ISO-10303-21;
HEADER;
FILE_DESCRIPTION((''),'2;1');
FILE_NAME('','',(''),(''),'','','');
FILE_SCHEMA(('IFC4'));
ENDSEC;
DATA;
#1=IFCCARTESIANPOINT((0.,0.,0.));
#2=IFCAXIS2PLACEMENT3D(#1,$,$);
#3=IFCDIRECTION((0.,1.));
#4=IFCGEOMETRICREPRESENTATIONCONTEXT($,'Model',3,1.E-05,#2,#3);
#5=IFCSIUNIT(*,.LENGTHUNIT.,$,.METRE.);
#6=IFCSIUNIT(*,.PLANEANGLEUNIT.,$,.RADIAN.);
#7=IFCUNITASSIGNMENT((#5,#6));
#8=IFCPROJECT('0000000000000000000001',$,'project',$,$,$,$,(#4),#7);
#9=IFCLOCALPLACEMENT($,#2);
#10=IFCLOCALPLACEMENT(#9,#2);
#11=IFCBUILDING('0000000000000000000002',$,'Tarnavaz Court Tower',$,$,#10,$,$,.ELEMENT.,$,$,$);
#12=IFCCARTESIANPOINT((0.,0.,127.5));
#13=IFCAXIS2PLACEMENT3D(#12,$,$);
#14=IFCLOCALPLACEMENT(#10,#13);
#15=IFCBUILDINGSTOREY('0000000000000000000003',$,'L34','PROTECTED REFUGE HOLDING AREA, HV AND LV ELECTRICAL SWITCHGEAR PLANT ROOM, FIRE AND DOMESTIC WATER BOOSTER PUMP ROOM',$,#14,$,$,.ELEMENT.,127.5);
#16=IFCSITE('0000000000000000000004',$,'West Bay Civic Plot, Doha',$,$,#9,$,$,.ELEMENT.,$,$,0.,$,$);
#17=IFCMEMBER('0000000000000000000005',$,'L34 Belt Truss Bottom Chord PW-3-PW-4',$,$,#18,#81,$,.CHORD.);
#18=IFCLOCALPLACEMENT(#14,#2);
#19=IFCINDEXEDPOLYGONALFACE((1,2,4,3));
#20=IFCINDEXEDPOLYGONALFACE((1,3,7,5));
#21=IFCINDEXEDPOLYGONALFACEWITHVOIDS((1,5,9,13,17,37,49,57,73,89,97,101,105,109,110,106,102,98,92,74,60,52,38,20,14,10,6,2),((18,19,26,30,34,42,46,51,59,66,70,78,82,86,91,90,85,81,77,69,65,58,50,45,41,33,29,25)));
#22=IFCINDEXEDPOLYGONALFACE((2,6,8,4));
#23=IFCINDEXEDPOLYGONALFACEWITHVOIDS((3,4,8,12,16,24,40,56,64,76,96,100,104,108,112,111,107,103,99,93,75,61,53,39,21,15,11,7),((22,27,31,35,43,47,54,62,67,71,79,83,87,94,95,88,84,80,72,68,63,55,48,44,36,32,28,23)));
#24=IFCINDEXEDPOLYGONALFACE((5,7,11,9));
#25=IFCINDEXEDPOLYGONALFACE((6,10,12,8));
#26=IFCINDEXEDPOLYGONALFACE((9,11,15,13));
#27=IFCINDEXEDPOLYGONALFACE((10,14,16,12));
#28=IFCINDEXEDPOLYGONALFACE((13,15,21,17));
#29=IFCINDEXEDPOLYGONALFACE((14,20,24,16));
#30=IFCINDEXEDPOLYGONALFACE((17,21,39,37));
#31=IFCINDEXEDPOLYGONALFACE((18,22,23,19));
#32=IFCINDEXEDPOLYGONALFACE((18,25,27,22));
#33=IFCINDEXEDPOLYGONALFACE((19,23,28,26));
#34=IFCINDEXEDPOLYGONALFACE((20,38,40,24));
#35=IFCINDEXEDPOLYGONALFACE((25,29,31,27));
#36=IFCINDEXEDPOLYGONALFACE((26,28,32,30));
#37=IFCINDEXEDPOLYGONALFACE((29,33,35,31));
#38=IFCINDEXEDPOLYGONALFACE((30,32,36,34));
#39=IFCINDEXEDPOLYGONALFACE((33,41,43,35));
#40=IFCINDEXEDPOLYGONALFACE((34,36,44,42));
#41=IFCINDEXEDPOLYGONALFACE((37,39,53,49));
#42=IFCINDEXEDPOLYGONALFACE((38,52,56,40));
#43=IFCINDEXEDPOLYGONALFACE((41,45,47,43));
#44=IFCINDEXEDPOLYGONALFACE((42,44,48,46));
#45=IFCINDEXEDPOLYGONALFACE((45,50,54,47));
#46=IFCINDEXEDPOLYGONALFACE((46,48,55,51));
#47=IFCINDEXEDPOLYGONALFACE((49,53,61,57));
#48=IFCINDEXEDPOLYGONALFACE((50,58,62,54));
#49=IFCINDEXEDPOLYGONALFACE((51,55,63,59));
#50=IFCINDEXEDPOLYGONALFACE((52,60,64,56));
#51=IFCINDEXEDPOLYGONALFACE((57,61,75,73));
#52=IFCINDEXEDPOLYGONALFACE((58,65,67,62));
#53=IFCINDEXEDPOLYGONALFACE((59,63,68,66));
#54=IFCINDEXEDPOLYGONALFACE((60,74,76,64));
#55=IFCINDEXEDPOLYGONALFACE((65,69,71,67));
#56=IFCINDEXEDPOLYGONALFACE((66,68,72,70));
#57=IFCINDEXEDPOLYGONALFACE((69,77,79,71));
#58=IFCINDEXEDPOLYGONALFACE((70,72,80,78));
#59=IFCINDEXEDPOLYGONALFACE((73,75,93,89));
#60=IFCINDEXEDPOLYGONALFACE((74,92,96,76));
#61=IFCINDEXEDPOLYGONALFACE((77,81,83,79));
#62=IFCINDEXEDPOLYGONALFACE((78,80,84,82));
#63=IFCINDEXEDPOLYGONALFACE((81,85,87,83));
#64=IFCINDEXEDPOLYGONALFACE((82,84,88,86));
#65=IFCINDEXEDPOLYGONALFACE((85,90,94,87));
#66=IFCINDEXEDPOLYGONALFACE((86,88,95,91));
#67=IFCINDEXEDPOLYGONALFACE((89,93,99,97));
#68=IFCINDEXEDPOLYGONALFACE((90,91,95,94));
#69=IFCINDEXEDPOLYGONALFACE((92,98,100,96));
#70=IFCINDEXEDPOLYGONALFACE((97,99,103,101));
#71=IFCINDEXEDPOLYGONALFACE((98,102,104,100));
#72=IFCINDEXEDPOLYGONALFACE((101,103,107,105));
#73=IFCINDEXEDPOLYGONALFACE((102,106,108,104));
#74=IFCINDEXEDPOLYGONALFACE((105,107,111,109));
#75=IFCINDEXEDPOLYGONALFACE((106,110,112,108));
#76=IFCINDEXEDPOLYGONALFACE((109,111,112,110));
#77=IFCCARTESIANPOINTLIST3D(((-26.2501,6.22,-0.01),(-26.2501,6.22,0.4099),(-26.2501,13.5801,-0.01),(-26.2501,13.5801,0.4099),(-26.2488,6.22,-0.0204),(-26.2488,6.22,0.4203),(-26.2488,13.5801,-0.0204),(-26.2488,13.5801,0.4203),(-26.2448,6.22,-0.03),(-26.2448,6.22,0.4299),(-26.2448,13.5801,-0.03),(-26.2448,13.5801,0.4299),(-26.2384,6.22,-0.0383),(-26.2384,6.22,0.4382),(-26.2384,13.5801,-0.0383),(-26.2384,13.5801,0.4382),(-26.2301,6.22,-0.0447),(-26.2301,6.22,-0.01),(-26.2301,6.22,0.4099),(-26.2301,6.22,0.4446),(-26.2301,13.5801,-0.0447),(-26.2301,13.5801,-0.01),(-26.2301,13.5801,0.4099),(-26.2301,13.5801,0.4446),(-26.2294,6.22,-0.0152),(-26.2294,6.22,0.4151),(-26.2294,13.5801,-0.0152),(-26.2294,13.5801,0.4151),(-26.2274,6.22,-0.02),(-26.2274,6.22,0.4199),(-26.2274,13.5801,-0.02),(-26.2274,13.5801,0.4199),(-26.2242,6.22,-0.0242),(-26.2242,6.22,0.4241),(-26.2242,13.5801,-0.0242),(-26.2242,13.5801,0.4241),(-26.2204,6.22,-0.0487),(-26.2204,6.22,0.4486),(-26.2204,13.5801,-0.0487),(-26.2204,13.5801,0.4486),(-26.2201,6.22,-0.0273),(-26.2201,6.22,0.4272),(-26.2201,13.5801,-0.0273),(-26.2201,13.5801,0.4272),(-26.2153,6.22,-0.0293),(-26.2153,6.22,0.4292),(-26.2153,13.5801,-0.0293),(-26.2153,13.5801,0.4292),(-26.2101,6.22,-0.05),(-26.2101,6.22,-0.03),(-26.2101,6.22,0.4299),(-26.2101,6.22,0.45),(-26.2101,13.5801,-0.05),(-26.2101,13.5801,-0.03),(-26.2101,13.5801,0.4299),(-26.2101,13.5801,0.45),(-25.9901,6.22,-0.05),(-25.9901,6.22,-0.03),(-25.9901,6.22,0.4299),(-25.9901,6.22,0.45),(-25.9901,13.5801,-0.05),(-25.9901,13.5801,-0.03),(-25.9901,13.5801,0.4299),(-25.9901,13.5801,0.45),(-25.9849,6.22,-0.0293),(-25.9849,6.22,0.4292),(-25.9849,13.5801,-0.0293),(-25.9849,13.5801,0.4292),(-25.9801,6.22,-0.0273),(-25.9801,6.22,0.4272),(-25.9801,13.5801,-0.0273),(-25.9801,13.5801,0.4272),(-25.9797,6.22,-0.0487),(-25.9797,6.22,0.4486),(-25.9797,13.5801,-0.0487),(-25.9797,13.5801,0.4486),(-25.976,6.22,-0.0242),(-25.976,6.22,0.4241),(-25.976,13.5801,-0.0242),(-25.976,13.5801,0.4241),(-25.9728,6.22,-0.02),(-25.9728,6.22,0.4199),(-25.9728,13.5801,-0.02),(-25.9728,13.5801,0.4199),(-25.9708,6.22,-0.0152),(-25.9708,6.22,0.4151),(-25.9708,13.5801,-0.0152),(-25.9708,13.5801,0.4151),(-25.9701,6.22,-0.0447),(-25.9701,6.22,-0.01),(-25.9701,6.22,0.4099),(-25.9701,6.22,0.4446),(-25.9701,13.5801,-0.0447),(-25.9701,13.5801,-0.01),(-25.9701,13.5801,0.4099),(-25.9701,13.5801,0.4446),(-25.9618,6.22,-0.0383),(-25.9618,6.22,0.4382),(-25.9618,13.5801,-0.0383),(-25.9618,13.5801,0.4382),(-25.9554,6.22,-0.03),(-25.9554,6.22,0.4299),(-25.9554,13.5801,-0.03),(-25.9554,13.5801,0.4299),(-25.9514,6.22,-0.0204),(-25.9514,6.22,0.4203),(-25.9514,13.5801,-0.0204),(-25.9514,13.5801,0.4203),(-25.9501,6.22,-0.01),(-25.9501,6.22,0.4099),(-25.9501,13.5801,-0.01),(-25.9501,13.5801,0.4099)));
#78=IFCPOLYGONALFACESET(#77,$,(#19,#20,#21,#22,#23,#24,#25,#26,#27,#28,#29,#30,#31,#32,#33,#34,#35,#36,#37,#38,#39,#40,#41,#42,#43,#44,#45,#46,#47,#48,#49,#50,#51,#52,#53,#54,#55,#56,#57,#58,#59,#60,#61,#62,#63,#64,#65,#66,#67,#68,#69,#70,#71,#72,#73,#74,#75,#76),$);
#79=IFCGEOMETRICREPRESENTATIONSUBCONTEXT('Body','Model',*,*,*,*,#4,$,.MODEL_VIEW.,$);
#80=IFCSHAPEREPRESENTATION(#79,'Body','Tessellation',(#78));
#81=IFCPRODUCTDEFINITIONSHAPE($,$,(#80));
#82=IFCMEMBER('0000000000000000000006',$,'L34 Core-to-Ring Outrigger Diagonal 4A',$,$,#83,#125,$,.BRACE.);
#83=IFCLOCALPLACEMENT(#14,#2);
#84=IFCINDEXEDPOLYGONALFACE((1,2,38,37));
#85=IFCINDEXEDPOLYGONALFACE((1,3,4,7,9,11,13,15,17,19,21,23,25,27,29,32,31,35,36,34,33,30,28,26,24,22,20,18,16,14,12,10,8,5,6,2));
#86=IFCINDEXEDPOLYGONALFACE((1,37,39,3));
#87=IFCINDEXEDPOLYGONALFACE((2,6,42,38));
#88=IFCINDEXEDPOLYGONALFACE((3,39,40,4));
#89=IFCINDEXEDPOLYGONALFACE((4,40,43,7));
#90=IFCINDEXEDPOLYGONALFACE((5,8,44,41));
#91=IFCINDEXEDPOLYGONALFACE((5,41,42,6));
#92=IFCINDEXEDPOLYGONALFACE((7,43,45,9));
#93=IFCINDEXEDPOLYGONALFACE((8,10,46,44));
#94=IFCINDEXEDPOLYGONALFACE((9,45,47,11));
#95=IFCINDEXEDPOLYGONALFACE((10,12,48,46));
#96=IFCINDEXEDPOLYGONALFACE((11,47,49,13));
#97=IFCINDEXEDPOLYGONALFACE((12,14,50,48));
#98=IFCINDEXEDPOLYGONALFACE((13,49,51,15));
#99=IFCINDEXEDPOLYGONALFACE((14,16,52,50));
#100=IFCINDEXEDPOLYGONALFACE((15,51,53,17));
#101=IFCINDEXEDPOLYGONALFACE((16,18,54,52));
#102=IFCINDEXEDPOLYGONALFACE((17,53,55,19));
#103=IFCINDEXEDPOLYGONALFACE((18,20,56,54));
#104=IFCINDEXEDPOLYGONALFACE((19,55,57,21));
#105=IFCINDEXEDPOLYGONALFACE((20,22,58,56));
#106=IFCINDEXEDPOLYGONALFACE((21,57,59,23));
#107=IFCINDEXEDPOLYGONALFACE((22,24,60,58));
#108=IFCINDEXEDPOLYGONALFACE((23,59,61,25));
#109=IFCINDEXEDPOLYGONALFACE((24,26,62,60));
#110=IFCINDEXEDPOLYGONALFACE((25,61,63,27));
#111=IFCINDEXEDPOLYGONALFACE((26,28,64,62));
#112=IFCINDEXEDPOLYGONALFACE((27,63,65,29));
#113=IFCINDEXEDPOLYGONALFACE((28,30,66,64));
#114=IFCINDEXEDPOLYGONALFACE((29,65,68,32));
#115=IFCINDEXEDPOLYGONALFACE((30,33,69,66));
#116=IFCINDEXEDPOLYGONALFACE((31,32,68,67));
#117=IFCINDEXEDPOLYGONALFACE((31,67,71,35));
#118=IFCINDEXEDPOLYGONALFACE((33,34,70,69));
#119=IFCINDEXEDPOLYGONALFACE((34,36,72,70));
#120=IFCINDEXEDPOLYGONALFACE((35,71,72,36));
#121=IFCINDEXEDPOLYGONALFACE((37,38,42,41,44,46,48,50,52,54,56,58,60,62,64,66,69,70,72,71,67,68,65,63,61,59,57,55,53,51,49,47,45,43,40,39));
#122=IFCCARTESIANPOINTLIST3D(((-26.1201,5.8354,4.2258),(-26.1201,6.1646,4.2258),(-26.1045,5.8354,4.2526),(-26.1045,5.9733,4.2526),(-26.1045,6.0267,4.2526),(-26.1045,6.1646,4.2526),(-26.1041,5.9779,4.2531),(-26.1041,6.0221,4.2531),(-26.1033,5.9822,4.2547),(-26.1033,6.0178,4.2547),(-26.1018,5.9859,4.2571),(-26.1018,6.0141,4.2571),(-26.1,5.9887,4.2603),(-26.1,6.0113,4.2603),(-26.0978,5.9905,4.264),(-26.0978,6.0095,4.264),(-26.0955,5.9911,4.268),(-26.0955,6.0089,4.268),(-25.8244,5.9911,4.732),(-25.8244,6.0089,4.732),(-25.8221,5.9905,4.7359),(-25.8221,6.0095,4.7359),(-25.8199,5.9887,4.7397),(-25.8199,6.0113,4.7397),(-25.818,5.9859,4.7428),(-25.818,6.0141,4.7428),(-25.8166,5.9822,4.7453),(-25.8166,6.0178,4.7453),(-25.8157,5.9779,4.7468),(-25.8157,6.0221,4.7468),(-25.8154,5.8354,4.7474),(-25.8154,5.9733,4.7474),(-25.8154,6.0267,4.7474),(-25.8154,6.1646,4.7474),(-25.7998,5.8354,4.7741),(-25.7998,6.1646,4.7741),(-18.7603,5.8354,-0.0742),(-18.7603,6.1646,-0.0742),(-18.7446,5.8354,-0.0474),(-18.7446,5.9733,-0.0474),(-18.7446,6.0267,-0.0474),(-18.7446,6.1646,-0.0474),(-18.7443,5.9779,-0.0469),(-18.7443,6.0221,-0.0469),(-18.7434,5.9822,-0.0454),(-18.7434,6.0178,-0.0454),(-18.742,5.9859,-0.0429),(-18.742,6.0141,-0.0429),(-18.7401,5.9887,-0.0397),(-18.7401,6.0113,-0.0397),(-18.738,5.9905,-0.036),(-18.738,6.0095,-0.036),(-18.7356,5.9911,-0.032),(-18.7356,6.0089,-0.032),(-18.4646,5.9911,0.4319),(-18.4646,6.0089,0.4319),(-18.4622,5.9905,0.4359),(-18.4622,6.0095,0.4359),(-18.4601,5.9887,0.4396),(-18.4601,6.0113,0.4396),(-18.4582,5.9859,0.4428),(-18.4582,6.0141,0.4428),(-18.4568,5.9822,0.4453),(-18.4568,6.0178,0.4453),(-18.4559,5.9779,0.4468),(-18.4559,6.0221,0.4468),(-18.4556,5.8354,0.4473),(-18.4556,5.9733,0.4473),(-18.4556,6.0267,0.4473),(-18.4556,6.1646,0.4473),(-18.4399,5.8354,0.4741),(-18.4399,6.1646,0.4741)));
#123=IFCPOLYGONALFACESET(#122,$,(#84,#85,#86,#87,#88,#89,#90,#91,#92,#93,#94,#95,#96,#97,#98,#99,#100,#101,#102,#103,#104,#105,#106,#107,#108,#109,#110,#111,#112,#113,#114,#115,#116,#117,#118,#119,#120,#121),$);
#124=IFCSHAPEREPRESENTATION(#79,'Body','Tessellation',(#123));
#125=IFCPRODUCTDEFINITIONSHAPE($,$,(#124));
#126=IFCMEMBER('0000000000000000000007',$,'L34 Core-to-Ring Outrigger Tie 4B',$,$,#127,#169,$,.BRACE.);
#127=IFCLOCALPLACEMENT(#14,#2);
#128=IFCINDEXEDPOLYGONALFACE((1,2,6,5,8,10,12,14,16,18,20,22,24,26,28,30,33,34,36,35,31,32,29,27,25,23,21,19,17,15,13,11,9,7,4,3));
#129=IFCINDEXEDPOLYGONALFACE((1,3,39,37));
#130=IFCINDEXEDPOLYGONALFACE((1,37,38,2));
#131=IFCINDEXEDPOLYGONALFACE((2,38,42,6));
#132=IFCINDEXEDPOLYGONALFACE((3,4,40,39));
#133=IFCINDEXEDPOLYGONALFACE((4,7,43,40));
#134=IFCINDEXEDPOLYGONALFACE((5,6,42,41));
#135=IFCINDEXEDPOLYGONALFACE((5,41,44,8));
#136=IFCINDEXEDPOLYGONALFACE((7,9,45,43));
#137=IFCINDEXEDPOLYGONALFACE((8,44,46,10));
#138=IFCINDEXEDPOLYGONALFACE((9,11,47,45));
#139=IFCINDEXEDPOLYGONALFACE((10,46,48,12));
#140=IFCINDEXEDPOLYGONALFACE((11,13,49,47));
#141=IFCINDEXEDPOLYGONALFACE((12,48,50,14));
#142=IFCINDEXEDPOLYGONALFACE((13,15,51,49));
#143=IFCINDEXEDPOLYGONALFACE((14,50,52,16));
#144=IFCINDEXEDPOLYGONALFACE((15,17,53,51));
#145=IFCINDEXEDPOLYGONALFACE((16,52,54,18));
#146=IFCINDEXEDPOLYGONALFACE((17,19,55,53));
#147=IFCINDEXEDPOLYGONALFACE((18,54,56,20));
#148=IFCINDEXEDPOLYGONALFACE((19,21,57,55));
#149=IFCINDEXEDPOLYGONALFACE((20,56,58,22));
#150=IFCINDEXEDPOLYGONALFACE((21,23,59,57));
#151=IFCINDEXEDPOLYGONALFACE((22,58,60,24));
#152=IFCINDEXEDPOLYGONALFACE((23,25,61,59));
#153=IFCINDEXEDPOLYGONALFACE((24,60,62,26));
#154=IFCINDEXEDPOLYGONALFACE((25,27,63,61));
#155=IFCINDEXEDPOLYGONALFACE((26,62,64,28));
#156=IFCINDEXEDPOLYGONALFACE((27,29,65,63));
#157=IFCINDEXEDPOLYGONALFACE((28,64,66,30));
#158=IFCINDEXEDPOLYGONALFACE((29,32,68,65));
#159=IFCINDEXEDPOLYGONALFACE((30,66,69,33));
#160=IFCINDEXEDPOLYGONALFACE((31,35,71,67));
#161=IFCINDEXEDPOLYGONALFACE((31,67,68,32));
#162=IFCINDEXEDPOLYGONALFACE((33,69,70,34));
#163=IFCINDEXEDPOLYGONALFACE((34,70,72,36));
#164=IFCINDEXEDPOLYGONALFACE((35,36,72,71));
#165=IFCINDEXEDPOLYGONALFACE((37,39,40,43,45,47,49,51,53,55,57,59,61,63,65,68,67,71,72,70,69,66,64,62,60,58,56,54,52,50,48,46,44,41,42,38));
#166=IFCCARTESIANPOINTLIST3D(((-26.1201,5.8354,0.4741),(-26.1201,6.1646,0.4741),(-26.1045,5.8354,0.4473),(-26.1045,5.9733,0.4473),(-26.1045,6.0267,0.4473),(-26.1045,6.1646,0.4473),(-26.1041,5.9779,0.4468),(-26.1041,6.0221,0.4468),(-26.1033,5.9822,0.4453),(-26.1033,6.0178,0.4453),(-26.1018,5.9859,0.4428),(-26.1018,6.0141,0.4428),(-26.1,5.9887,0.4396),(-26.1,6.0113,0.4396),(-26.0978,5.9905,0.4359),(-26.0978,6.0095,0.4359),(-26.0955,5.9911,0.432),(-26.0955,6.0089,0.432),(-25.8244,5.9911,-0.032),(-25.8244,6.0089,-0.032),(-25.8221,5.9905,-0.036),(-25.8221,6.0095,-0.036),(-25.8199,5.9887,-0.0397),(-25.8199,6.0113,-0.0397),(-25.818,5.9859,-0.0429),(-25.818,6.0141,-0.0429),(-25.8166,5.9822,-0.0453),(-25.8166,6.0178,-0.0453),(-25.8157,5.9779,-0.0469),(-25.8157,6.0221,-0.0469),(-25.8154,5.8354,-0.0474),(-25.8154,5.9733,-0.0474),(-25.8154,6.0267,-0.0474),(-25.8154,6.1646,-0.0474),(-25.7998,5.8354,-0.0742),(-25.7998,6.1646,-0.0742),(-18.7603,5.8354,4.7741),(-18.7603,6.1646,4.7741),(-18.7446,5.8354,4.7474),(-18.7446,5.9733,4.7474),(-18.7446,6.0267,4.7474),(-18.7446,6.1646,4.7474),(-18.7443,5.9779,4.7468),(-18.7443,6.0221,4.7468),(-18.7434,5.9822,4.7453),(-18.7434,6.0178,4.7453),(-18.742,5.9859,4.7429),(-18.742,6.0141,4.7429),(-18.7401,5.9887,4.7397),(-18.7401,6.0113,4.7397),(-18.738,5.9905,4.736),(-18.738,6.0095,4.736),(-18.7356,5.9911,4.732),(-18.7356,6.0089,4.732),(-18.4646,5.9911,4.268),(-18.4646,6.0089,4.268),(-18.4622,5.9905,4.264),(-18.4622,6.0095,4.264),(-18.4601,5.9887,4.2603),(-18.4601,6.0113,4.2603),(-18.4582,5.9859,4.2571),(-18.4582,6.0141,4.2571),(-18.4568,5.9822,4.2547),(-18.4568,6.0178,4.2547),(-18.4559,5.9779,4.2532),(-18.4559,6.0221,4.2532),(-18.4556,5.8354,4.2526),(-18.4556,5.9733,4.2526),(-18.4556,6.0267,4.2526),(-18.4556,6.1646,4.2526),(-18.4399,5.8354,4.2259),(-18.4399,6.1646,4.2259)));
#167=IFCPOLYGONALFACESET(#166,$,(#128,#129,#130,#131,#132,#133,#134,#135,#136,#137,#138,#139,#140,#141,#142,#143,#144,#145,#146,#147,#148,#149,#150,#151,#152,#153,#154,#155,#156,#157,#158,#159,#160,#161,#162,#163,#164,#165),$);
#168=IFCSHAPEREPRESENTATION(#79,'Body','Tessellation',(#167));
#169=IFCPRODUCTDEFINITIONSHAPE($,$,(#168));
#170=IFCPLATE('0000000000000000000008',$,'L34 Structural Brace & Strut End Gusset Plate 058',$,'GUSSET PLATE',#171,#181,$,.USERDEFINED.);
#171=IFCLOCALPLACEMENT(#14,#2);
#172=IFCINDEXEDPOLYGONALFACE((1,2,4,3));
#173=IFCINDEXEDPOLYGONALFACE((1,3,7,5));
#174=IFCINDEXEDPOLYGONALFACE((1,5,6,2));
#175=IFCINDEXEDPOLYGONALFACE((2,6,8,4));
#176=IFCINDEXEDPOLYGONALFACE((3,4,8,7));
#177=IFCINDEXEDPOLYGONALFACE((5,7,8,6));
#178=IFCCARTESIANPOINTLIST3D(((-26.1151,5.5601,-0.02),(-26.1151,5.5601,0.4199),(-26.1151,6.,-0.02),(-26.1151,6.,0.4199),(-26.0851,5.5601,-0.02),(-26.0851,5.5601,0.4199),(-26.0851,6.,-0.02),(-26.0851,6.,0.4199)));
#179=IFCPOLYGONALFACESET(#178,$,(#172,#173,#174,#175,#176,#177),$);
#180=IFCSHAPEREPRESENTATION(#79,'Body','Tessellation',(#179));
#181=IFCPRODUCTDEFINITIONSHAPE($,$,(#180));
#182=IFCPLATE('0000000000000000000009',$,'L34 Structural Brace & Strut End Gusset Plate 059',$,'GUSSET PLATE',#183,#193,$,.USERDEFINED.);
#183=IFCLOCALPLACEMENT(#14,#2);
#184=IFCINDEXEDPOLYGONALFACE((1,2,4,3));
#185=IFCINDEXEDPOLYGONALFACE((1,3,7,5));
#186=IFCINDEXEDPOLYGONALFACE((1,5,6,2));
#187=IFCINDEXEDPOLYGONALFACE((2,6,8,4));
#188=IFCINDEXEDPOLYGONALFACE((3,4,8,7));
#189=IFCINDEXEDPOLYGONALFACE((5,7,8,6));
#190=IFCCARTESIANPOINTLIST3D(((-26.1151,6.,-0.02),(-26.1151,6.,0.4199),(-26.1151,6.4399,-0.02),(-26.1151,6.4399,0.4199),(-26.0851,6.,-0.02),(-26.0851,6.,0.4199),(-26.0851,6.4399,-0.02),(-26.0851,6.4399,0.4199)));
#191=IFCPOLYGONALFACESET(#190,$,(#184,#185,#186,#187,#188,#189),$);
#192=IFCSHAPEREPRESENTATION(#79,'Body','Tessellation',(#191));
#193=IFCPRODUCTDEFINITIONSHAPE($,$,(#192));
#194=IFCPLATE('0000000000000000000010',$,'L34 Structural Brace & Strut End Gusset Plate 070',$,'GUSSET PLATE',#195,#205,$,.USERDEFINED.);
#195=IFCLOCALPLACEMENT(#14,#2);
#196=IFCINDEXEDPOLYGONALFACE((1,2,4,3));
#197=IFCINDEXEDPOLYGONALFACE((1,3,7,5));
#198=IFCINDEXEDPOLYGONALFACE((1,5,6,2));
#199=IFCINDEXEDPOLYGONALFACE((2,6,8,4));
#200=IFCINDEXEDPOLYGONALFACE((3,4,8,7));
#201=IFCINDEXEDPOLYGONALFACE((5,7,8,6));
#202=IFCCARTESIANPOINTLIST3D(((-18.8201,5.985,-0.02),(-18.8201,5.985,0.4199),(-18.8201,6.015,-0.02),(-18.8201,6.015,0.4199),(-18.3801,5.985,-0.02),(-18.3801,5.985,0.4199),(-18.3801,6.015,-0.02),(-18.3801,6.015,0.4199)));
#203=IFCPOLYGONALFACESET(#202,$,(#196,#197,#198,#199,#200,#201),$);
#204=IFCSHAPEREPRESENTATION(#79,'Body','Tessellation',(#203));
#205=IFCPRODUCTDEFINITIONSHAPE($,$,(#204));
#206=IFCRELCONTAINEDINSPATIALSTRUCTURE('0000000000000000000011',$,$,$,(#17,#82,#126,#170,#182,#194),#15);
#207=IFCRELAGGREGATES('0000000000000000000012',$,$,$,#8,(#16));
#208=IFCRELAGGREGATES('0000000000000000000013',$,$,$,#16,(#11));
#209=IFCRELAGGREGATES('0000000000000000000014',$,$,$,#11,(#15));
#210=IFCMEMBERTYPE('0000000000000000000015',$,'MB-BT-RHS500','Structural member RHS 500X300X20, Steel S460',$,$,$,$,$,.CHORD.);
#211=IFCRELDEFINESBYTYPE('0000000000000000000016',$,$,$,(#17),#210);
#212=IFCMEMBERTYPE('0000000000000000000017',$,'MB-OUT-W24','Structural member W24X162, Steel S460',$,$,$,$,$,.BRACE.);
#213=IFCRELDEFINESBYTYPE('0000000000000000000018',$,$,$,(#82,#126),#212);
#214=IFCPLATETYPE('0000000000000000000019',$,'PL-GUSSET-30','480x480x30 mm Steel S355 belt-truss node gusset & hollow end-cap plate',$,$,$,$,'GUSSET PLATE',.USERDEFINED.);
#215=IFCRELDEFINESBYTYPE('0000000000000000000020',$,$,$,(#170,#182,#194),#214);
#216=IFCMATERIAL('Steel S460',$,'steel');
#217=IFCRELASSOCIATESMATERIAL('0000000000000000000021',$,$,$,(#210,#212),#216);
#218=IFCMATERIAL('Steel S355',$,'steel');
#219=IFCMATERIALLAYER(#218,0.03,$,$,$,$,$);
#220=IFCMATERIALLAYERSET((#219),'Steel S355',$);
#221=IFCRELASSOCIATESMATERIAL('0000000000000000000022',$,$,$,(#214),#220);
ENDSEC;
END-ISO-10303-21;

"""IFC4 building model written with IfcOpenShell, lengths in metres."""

from ifc_helpers import new_model, si_unit, direction, frame, origin, origin_2d, place, context, subcontext, project, spatial, rectangle, hollow_rectangle, i_section, extrude, material, layer, layer_set, material_profile, profile_set, type_object, element, save


model = new_model("IFC4")

# Units and contexts
model_context = context("Model", 3, precision=1e-05, world=origin(), true_north=direction((0.0, 1.0)))
body_context = subcontext(model_context, "Body", "Model", "MODEL_VIEW")
ifc_project = project(units=[si_unit("LENGTHUNIT", "METRE"), si_unit("PLANEANGLEUNIT", "RADIAN")], contexts=[model_context])

# Site, building, storey
site_placement = place(None, origin())
site = spatial("IfcSite", under=ifc_project, at=site_placement, Name="West Bay Civic Plot, Doha", CompositionType="ELEMENT", RefElevation=0.0)
building_placement = place(site_placement, origin())
building = spatial("IfcBuilding", under=site, at=building_placement, Name="Tarnavaz Court Tower", CompositionType="ELEMENT")
storey_placement = place(building_placement, frame((0.0, 0.0, 127.5)))
storey = spatial("IfcBuildingStorey", under=building, at=storey_placement, Name="L34", Description="PROTECTED REFUGE HOLDING AREA, HV AND LV ELECTRICAL SWITCHGEAR PLANT ROOM, FIRE AND DOMESTIC WATER BOOSTER PUMP ROOM", CompositionType="ELEMENT", Elevation=127.5)

# Shared definitions
ifc_material_1 = material(Name="Steel S460", Category="steel")

# Members
ifc_material_profile_1 = material_profile(ifc_material_1, hollow_rectangle(XDim=0.3, YDim=0.5, WallThickness=0.02, InnerFilletRadius=0.02, OuterFilletRadius=0.04, at=origin_2d()), Name="RHS 500X300X20")
ifc_profile_set_1 = profile_set([ifc_material_profile_1], Name="Steel S460")
member_type_1 = type_object("IfcMemberType", Name="MB-BT-RHS500", Description="Structural member RHS 500X300X20, Steel S460", PredefinedType="CHORD", material=ifc_profile_set_1)
member_1_placement = place(storey_placement, frame((-26.1001, 6.22, 0.2), z_axis=(0.0, 1.0, 0.0), x_axis=(-1.0, 0.0, 0.0)))
element("IfcMember", 1, at=member_1_placement, inside=storey, type_object=member_type_1, Name="L34 Belt Truss Bottom Chord PW-3-PW-4", PredefinedType="CHORD", context=body_context, shape_type="SweptSolid", body=[
    extrude(hollow_rectangle(XDim=0.3, YDim=0.5, WallThickness=0.02, InnerFilletRadius=0.02, OuterFilletRadius=0.04, at=origin_2d()), origin(), (0.0, 0.0, 1.0), 7.3601),
])
ifc_material_profile_2 = material_profile(ifc_material_1, i_section(OverallWidth=0.3291, OverallDepth=0.635, WebThickness=0.0178, FlangeThickness=0.031, FilletRadius=0.0178, at=origin_2d()), Name="W24X162")
ifc_profile_set_2 = profile_set([ifc_material_profile_2], Name="Steel S460")
member_type_2 = type_object("IfcMemberType", Name="MB-OUT-W24", Description="Structural member W24X162, Steel S460", PredefinedType="BRACE", material=ifc_profile_set_2)
for number, where, z_axis, x_axis, name in (
    (2, (-18.6001, 6.0, 0.2), (-0.863432, 0.0, 0.504466), (0.0, -1.0, 0.0), "L34 Core-to-Ring Outrigger Diagonal 4A"),
    (3, (-18.6001, 6.0, 4.5), (-0.863432, 0.0, -0.504466), (0.0, -1.0, 0.0), "L34 Core-to-Ring Outrigger Tie 4B"),
):
    element("IfcMember", number, at=place(storey_placement, frame(where, z_axis=z_axis, x_axis=x_axis)), inside=storey, type_object=member_type_2, Name=name, PredefinedType="BRACE", context=body_context, shape_type="SweptSolid", body=[
        extrude(i_section(OverallWidth=0.3291, OverallDepth=0.635, WebThickness=0.0178, FlangeThickness=0.031, FilletRadius=0.0178, at=origin_2d()), origin(), (0.0, 0.0, 1.0), 8.5239),
    ])

# Plates
ifc_material_2 = material(Name="Steel S355", Category="steel")
ifc_layer_1 = layer(ifc_material_2, 0.03)
ifc_layer_set_1 = layer_set([ifc_layer_1], Name="Steel S355")
plate_type = type_object("IfcPlateType", Name="PL-GUSSET-30", Description="480x480x30 mm Steel S355 belt-truss node gusset & hollow end-cap plate", ElementType="GUSSET PLATE", PredefinedType="USERDEFINED", material=ifc_layer_set_1)
for number, where, z_axis, x_axis, name in (
    (4, (-26.1001, 5.78, -0.02), (0.0, 0.0, 1.0), (0.0, 1.0, 0.0), "L34 Structural Brace & Strut End Gusset Plate 058"),
    (5, (-26.1001, 6.22, -0.02), (0.0, 0.0, 1.0), (0.0, 1.0, 0.0), "L34 Structural Brace & Strut End Gusset Plate 059"),
    (6, (-18.6001, 6.0, -0.02), (0.0, 0.0, 1.0), (1.0, 0.0, 0.0), "L34 Structural Brace & Strut End Gusset Plate 070"),
):
    element("IfcPlate", number, at=place(storey_placement, frame(where, z_axis=z_axis, x_axis=x_axis)), inside=storey, type_object=plate_type, Name=name, ObjectType="GUSSET PLATE", PredefinedType="USERDEFINED", context=body_context, shape_type="SweptSolid", body=[
        extrude(rectangle(XDim=0.4399, YDim=0.03, at=origin_2d()), origin(), (0.0, 0.0, 1.0), 0.4399),
    ])

save(model, "model.ifc")
